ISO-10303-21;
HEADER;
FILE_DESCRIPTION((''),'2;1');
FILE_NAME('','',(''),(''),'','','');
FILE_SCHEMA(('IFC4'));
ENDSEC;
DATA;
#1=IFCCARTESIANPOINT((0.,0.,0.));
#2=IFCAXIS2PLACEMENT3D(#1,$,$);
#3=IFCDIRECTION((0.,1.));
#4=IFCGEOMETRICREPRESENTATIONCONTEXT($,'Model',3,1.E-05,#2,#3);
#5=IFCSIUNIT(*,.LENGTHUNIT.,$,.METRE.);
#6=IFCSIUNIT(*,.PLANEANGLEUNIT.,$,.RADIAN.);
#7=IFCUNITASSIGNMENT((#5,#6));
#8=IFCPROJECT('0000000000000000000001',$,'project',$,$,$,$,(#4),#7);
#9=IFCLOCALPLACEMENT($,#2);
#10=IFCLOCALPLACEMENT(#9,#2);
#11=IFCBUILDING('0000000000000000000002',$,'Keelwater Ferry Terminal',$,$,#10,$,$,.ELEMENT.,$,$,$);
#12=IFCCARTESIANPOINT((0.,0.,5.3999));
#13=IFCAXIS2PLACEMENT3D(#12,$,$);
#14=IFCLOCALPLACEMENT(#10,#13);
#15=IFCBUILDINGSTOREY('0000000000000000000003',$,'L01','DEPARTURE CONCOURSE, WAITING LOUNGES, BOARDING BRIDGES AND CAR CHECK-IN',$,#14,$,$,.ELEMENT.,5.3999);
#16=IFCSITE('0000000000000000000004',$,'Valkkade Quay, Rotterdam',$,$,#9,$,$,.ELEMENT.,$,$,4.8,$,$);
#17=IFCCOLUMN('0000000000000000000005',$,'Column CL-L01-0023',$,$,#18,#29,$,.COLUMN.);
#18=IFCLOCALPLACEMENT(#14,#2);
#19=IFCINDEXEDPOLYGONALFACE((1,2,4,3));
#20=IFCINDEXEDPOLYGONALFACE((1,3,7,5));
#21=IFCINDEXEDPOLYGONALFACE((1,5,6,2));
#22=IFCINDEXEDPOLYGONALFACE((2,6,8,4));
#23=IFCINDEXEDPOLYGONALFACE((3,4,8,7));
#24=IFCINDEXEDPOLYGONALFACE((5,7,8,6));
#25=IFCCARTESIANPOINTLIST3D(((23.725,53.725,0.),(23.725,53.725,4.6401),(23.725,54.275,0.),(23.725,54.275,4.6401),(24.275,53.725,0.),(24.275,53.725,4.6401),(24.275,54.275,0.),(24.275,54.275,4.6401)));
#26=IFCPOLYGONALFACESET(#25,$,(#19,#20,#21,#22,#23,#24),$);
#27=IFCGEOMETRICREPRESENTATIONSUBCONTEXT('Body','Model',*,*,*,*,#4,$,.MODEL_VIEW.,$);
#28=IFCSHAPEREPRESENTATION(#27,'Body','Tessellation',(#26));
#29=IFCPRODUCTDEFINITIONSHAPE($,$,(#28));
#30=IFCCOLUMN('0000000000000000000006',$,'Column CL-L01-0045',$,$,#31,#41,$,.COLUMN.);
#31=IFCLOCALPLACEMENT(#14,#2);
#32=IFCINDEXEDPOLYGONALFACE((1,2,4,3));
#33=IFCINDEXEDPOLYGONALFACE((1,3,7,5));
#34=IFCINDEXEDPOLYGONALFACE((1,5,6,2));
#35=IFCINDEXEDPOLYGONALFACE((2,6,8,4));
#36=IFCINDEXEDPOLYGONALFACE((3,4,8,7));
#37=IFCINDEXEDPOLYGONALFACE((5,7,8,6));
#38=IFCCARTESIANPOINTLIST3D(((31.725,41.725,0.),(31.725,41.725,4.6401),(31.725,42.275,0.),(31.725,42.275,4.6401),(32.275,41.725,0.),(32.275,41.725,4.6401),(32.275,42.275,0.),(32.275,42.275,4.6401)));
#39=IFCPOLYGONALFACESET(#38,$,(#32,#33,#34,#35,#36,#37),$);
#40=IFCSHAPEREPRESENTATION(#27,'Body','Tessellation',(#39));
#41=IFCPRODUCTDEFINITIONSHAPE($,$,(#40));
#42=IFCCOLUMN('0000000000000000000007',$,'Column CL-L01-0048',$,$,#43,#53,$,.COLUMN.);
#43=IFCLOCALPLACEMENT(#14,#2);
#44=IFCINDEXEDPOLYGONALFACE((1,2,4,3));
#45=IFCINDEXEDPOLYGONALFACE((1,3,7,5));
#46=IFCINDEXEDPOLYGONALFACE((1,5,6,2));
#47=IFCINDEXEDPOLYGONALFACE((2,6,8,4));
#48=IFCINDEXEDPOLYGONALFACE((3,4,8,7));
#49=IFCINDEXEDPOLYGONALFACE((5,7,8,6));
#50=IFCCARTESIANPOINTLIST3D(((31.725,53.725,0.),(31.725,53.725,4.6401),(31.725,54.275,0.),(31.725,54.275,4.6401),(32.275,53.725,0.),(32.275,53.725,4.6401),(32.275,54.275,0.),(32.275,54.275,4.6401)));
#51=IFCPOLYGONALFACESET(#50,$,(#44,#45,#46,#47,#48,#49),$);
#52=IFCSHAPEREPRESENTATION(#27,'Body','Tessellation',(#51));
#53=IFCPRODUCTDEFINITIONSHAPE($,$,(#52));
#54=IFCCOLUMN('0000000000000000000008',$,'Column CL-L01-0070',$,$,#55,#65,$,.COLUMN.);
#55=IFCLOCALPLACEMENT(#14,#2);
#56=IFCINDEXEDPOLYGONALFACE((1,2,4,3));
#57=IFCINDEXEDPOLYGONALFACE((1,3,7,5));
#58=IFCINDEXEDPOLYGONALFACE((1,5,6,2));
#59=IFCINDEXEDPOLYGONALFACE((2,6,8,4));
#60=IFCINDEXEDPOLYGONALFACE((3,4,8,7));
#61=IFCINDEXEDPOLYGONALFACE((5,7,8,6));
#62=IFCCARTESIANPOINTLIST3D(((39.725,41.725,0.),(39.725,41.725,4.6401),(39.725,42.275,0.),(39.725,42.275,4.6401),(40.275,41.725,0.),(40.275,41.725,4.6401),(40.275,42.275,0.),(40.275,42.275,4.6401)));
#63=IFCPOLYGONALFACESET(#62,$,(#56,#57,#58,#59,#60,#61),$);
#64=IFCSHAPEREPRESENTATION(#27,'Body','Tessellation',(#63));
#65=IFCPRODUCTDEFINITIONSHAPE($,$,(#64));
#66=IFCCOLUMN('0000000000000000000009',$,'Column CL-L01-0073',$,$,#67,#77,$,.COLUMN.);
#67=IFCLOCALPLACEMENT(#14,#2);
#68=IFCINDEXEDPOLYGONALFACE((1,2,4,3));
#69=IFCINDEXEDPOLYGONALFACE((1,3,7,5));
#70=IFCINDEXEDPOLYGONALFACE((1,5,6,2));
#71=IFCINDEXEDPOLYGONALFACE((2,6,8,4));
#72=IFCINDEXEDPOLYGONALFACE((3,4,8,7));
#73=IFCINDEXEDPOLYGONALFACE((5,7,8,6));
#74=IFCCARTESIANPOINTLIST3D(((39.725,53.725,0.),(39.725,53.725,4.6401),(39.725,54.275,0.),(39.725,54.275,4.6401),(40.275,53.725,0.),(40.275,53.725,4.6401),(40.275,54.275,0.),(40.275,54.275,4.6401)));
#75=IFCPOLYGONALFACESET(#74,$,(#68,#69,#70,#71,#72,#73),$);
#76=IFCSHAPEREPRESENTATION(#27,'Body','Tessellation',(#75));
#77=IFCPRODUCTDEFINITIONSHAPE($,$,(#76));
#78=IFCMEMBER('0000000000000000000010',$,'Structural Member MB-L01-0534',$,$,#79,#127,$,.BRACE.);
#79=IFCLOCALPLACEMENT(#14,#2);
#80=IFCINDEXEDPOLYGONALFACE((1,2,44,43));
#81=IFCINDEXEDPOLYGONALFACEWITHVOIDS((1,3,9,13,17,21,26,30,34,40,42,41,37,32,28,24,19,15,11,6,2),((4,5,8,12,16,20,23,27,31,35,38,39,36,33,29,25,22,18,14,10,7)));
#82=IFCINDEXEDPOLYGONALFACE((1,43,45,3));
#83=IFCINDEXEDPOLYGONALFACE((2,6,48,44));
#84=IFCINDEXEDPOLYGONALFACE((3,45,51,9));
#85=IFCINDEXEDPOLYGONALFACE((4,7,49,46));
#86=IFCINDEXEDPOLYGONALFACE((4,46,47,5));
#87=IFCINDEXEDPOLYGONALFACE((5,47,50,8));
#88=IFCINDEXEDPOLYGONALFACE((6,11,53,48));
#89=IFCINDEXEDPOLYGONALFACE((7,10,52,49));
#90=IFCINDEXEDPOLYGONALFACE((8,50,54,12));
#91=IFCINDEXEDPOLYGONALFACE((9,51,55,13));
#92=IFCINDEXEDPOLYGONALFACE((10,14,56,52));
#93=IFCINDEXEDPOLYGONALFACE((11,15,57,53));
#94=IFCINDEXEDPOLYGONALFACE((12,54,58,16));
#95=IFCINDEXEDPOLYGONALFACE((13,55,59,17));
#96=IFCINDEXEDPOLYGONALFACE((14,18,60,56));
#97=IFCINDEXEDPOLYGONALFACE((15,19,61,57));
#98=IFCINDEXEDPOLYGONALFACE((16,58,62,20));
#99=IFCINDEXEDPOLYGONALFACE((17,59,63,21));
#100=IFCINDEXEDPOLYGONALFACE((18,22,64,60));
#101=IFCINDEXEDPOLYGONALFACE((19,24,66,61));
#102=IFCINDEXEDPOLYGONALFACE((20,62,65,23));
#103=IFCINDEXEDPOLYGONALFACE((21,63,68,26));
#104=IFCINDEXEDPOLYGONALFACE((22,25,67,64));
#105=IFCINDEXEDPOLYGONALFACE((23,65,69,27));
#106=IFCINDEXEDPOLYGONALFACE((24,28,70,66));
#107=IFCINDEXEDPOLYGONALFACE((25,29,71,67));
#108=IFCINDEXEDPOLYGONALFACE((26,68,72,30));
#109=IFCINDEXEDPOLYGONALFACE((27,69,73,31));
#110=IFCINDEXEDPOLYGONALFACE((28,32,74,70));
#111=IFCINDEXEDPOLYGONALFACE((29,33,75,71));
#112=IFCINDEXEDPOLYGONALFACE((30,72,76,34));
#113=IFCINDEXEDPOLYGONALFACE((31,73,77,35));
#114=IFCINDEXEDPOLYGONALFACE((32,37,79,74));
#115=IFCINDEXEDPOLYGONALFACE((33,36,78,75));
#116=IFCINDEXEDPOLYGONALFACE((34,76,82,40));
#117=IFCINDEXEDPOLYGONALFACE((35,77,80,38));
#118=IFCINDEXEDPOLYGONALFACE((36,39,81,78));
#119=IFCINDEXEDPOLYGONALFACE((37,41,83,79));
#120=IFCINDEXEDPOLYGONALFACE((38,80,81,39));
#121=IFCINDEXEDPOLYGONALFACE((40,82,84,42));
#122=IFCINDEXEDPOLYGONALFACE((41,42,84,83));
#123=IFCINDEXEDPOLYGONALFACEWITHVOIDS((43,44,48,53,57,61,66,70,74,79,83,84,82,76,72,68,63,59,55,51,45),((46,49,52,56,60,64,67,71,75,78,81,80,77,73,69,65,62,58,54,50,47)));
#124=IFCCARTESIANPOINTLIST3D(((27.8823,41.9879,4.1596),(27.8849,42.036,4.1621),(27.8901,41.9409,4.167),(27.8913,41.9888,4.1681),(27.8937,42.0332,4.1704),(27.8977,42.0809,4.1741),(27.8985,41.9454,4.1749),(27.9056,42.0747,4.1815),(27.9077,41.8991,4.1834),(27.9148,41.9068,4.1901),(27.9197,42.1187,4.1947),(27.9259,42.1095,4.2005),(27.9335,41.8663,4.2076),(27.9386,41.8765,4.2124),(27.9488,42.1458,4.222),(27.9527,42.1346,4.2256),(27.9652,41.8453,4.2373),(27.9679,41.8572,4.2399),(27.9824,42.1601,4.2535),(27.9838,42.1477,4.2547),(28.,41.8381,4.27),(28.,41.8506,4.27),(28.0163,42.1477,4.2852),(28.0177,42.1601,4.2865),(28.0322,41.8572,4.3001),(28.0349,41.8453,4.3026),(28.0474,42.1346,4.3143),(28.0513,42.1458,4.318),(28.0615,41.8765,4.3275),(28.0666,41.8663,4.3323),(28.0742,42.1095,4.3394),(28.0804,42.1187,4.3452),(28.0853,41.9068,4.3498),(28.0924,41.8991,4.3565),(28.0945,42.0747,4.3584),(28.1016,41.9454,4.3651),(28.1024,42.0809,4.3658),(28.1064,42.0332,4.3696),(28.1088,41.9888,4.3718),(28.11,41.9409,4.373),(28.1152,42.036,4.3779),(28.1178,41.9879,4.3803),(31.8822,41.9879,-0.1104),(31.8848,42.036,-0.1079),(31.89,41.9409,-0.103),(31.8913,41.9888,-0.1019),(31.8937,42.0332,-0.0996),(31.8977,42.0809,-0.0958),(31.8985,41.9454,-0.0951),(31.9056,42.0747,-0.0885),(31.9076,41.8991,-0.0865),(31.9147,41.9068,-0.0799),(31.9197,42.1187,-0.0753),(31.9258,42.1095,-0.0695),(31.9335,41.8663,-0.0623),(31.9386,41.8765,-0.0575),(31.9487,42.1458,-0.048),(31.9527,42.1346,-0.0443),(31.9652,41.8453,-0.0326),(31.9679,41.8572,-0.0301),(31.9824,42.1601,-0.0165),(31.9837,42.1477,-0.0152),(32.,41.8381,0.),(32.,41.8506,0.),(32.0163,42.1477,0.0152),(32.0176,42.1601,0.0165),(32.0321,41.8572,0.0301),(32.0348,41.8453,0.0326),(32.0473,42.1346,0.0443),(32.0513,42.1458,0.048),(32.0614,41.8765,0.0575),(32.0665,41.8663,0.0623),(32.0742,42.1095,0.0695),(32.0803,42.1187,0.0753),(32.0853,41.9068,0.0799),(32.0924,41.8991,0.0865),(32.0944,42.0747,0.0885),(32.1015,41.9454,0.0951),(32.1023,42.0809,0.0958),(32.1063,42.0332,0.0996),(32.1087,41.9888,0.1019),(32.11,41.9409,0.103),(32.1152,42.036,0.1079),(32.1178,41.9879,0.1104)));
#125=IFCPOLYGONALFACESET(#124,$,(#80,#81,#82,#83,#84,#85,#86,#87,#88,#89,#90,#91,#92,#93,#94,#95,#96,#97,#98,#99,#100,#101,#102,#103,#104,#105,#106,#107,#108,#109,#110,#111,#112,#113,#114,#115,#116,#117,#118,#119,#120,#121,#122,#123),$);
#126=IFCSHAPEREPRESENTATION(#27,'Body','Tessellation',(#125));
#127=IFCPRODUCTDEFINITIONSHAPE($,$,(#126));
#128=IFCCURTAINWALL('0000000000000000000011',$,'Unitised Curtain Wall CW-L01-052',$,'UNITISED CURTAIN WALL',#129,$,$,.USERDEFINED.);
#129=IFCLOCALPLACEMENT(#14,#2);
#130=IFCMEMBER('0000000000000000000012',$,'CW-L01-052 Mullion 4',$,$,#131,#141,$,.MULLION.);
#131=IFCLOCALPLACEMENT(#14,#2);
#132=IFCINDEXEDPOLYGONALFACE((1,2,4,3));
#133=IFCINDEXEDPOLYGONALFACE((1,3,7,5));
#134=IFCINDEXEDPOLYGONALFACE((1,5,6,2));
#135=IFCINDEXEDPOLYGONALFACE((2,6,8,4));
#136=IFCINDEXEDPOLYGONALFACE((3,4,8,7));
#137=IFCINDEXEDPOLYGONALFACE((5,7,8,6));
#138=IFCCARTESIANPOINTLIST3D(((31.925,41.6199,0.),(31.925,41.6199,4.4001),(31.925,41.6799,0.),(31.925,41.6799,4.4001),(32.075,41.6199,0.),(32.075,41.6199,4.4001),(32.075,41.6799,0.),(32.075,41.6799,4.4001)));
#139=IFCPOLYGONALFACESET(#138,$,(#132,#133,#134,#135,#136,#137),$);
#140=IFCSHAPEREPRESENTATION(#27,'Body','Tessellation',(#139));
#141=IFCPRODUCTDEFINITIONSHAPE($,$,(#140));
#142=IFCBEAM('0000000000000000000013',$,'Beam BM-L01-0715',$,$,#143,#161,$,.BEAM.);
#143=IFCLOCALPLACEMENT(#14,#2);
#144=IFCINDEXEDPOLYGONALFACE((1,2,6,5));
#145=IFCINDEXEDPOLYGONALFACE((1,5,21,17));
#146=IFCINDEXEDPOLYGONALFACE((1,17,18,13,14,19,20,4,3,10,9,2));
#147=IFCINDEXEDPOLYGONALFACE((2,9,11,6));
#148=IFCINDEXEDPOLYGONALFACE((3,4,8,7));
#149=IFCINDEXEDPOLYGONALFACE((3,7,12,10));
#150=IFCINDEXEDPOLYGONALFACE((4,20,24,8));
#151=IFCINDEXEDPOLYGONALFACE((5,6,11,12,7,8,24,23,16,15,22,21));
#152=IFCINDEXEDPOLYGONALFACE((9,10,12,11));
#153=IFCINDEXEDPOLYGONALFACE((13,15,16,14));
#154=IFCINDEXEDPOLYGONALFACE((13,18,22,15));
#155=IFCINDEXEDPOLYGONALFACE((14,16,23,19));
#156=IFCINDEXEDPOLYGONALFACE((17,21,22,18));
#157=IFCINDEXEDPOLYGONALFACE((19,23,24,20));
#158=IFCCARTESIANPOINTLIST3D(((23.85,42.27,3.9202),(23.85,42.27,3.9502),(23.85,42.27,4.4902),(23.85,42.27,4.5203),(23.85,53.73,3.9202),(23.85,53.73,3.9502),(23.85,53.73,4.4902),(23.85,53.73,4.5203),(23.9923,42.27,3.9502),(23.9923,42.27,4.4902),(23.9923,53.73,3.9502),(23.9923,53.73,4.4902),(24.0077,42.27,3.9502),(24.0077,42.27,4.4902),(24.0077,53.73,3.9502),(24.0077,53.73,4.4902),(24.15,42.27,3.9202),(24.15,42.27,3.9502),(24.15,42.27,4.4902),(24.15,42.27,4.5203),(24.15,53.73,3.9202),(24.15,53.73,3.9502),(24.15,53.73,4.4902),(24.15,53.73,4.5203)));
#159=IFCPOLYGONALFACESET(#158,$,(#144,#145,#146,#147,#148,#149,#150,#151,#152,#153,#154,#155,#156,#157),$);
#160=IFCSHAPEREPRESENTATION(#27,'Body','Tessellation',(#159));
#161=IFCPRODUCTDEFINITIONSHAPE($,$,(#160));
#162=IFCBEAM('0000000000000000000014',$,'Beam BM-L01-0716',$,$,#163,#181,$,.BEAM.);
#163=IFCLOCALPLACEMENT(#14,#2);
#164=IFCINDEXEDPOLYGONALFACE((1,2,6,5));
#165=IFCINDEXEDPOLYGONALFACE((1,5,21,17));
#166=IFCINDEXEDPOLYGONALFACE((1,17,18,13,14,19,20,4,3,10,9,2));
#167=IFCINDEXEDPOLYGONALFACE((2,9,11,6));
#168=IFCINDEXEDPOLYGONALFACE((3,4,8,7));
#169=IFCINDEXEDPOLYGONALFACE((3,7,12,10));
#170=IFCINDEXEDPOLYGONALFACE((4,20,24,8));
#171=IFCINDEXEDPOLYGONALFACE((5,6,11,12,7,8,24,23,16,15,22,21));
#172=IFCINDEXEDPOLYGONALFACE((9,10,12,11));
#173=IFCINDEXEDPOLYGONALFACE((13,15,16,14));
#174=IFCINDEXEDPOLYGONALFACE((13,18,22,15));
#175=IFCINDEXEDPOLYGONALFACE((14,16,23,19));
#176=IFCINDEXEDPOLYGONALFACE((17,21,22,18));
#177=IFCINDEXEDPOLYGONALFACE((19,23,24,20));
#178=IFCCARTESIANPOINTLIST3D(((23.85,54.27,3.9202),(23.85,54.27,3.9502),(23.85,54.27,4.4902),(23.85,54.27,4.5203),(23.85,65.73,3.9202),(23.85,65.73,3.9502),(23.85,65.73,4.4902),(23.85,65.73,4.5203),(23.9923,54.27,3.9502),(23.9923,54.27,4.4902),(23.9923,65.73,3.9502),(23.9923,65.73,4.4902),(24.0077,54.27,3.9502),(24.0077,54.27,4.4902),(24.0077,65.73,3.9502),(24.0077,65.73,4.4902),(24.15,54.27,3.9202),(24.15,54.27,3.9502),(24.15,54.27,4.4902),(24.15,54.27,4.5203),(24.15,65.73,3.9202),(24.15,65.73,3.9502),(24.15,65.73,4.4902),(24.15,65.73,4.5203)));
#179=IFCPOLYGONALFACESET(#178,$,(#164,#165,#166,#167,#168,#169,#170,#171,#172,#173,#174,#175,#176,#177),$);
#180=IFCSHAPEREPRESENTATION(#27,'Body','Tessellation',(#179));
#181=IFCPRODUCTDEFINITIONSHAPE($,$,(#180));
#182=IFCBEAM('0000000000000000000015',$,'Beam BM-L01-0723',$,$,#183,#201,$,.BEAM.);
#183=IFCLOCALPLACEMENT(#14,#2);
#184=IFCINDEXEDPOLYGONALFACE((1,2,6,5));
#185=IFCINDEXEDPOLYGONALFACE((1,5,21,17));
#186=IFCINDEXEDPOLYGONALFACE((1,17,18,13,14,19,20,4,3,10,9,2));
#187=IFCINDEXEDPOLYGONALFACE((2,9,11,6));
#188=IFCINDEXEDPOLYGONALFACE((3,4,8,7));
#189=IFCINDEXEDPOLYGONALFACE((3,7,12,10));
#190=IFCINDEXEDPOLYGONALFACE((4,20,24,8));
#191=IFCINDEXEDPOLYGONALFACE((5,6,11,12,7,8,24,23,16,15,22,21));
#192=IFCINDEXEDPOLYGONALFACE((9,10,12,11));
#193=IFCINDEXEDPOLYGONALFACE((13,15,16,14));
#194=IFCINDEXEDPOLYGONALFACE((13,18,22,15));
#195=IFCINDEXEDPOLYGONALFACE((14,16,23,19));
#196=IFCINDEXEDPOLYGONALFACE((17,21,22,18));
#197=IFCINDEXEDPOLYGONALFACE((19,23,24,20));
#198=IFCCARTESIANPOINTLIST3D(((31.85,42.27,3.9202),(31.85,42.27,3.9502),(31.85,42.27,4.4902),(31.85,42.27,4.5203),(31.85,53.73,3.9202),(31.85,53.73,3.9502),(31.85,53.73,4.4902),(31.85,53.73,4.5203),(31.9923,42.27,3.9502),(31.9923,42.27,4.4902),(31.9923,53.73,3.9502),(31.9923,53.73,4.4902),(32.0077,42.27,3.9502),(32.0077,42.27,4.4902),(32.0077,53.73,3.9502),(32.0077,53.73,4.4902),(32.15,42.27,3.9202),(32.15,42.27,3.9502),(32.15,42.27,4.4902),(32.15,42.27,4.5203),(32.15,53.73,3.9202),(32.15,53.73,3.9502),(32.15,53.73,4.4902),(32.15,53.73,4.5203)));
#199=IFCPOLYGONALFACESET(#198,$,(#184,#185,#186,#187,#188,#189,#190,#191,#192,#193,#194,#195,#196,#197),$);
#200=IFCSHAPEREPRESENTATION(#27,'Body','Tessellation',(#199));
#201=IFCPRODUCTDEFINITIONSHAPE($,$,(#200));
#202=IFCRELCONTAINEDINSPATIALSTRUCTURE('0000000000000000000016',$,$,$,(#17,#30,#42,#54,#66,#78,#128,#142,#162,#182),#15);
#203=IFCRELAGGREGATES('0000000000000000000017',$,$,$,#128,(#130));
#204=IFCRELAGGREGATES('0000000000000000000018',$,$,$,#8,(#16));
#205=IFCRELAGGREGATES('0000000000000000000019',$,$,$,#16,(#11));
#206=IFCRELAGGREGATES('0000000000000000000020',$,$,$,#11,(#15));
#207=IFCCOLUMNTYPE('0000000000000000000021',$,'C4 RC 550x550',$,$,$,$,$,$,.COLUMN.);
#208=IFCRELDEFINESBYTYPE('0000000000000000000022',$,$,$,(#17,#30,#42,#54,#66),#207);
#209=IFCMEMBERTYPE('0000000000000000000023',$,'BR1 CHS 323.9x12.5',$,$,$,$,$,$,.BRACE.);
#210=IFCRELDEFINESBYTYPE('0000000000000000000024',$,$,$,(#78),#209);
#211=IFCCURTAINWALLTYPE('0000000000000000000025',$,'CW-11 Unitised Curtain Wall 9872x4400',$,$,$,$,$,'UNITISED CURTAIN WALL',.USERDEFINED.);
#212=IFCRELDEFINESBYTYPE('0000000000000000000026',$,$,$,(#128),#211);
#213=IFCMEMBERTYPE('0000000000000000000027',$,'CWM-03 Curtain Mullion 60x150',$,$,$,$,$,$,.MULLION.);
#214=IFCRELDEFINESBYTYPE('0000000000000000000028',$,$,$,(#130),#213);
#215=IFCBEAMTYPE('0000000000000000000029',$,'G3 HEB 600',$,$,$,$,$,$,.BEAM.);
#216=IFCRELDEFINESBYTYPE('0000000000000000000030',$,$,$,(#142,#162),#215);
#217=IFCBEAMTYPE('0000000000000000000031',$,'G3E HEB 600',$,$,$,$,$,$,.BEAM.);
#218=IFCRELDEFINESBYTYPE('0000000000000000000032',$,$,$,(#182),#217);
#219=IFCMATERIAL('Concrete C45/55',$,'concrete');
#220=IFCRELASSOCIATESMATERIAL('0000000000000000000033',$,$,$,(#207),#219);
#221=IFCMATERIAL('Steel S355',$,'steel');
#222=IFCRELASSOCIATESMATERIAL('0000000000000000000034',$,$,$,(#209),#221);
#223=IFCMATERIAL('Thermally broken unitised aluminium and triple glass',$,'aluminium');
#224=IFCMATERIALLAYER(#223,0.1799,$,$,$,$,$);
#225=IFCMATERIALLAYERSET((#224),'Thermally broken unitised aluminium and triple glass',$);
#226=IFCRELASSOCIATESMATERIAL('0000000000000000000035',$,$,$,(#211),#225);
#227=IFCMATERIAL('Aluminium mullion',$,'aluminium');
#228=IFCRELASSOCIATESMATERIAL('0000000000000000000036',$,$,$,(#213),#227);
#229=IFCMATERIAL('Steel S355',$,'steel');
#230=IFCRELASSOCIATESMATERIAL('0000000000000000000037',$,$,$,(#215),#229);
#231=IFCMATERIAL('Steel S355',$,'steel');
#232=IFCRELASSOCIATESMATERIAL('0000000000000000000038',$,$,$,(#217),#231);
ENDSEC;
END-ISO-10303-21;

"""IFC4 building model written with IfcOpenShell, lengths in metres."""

from ifc_helpers import new_model, si_unit, direction, frame, origin, origin_2d, place, context, subcontext, project, spatial, rectangle, hollow_circle, i_section, extrude, material, layer, layer_set, material_profile, profile_set, type_object, element, aggregate, save


model = new_model("IFC4")

# Units and contexts
model_context = context("Model", 3, precision=1e-05, world=origin(), true_north=direction((0.0, 1.0)))
body_context = subcontext(model_context, "Body", "Model", "MODEL_VIEW")
ifc_project = project(units=[si_unit("LENGTHUNIT", "METRE"), si_unit("PLANEANGLEUNIT", "RADIAN")], contexts=[model_context])

# Site, building, storey
site_placement = place(None, origin())
site = spatial("IfcSite", under=ifc_project, at=site_placement, Name="Valkkade Quay, Rotterdam", CompositionType="ELEMENT", RefElevation=4.8)
building_placement = place(site_placement, origin())
building = spatial("IfcBuilding", under=site, at=building_placement, Name="Keelwater Ferry Terminal", CompositionType="ELEMENT")
storey_placement = place(building_placement, frame((0.0, 0.0, 5.3999)))
storey = spatial("IfcBuildingStorey", under=building, at=storey_placement, Name="L01", Description="DEPARTURE CONCOURSE, WAITING LOUNGES, BOARDING BRIDGES AND CAR CHECK-IN", CompositionType="ELEMENT", Elevation=5.3999)

# Columns
ifc_material_1 = material(Name="Concrete C45/55", Category="concrete")
ifc_material_profile_1 = material_profile(ifc_material_1, rectangle(XDim=0.55, YDim=0.55, at=origin_2d()), Name="RC 550x550")
ifc_profile_set_1 = profile_set([ifc_material_profile_1], Name="Concrete C45/55")
column_type = type_object("IfcColumnType", Name="C4 RC 550x550", PredefinedType="COLUMN", material=ifc_profile_set_1)
for number, where, z_axis, x_axis, name in (
    (1, (24.0, 54.0, 0.0), (0.0, 0.0, 1.0), (1.0, 0.0, 0.0), "Column CL-L01-0023"),
    (2, (32.0, 42.0, 0.0), (0.0, 0.0, 1.0), (1.0, 0.0, 0.0), "Column CL-L01-0045"),
    (3, (32.0, 54.0, 0.0), (0.0, 0.0, 1.0), (1.0, 0.0, 0.0), "Column CL-L01-0048"),
    (4, (40.0, 42.0, 0.0), (0.0, 0.0, 1.0), (1.0, 0.0, 0.0), "Column CL-L01-0070"),
    (5, (40.0, 54.0, 0.0), (0.0, 0.0, 1.0), (1.0, 0.0, 0.0), "Column CL-L01-0073"),
):
    element("IfcColumn", number, at=place(storey_placement, frame(where, z_axis=z_axis, x_axis=x_axis)), inside=storey, type_object=column_type, Name=name, PredefinedType="COLUMN", context=body_context, shape_type="SweptSolid", body=[
        extrude(rectangle(XDim=0.55, YDim=0.55, at=origin_2d()), origin(), (0.0, 0.0, 1.0), 4.6401),
    ])

# Member
ifc_material_2 = material(Name="Steel S355", Category="steel")
ifc_material_profile_2 = material_profile(ifc_material_2, hollow_circle(Radius=0.1619, WallThickness=0.0125, at=origin_2d()), Name="CHS 323.9x12.5")
ifc_profile_set_2 = profile_set([ifc_material_profile_2], Name="Steel S355")
member_type_1 = type_object("IfcMemberType", Name="BR1 CHS 323.9x12.5", PredefinedType="BRACE", material=ifc_profile_set_2)
member_1_placement = place(storey_placement, frame((32.0, 42.0, 0.0), z_axis=(-0.683655, 0.0, 0.729805), x_axis=(0.0, -1.0, 0.0)))
element("IfcMember", 6, at=member_1_placement, inside=storey, type_object=member_type_1, Name="Structural Member MB-L01-0534", PredefinedType="BRACE", context=body_context, shape_type="SweptSolid", body=[
    extrude(hollow_circle(Radius=0.1619, WallThickness=0.0125, at=origin_2d()), origin(), (0.0, 0.0, 1.0), 5.8508),
])

# Curtain wall, member
ifc_material_3 = material(Name="Thermally broken unitised aluminium and triple glass", Category="aluminium")
ifc_layer_1 = layer(ifc_material_3, 0.1799)
ifc_layer_set_1 = layer_set([ifc_layer_1], Name="Thermally broken unitised aluminium and triple glass")
curtain_wall_type = type_object("IfcCurtainWallType", Name="CW-11 Unitised Curtain Wall 9872x4400", ElementType="UNITISED CURTAIN WALL", PredefinedType="USERDEFINED", material=ifc_layer_set_1)
curtain_wall_placement = place(storey_placement, origin())
curtain_wall = element("IfcCurtainWall", 7, at=curtain_wall_placement, inside=storey, type_object=curtain_wall_type, Name="Unitised Curtain Wall CW-L01-052", ObjectType="UNITISED CURTAIN WALL", PredefinedType="USERDEFINED")
ifc_material_4 = material(Name="Aluminium mullion", Category="aluminium")
ifc_material_profile_3 = material_profile(ifc_material_4, rectangle(XDim=0.0601, YDim=0.1499, at=origin_2d()), Name="CWM-03")
ifc_profile_set_3 = profile_set([ifc_material_profile_3], Name="Aluminium mullion")
member_type_2 = type_object("IfcMemberType", Name="CWM-03 Curtain Mullion 60x150", PredefinedType="MULLION", material=ifc_profile_set_3)
member_2_placement = place(storey_placement, frame((32.0, 41.6499, 0.0), z_axis=(0.0, 0.0, 1.0), x_axis=(0.0, 1.0, 0.0)))
member_2 = element("IfcMember", 8, at=member_2_placement, type_object=member_type_2, Name="CW-L01-052 Mullion 4", PredefinedType="MULLION", context=body_context, shape_type="SweptSolid", body=[
    extrude(rectangle(XDim=0.0601, YDim=0.1499, at=origin_2d()), origin(), (0.0, 0.0, 1.0), 4.4001),
])

# Beams
ifc_material_5 = material(Name="Steel S355", Category="steel")
ifc_material_profile_4 = material_profile(ifc_material_5, i_section(OverallWidth=0.3, OverallDepth=0.6001, WebThickness=0.0154, FlangeThickness=0.03, at=origin_2d()), Name="HEB 600")
ifc_profile_set_4 = profile_set([ifc_material_profile_4], Name="Steel S355")
beam_type_1 = type_object("IfcBeamType", Name="G3 HEB 600", PredefinedType="BEAM", material=ifc_profile_set_4)
for number, where, z_axis, x_axis, name in (
    (9, (24.0, 42.27, 4.2202), (0.0, 1.0, 0.0), (-1.0, 0.0, 0.0), "Beam BM-L01-0715"),
    (10, (24.0, 54.27, 4.2202), (0.0, 1.0, 0.0), (-1.0, 0.0, 0.0), "Beam BM-L01-0716"),
):
    element("IfcBeam", number, at=place(storey_placement, frame(where, z_axis=z_axis, x_axis=x_axis)), inside=storey, type_object=beam_type_1, Name=name, PredefinedType="BEAM", context=body_context, shape_type="SweptSolid", body=[
        extrude(i_section(OverallWidth=0.3, OverallDepth=0.6001, WebThickness=0.0154, FlangeThickness=0.03, at=origin_2d()), origin(), (0.0, 0.0, 1.0), 11.46),
    ])
ifc_material_6 = material(Name="Steel S355", Category="steel")
ifc_material_profile_5 = material_profile(ifc_material_6, i_section(OverallWidth=0.3, OverallDepth=0.6001, WebThickness=0.0154, FlangeThickness=0.03, at=origin_2d()), Name="HEB 600")
ifc_profile_set_5 = profile_set([ifc_material_profile_5], Name="Steel S355")
beam_type_2 = type_object("IfcBeamType", Name="G3E HEB 600", PredefinedType="BEAM", material=ifc_profile_set_5)
for number, where, z_axis, x_axis, name in (
    (11, (32.0, 42.27, 4.2202), (0.0, 1.0, 0.0), (-1.0, 0.0, 0.0), "Beam BM-L01-0723"),
):
    element("IfcBeam", number, at=place(storey_placement, frame(where, z_axis=z_axis, x_axis=x_axis)), inside=storey, type_object=beam_type_2, Name=name, PredefinedType="BEAM", context=body_context, shape_type="SweptSolid", body=[
        extrude(i_section(OverallWidth=0.3, OverallDepth=0.6001, WebThickness=0.0154, FlangeThickness=0.03, at=origin_2d()), origin(), (0.0, 0.0, 1.0), 11.46),
    ])

aggregate(curtain_wall, [member_2])

save(model, "model.ifc")
